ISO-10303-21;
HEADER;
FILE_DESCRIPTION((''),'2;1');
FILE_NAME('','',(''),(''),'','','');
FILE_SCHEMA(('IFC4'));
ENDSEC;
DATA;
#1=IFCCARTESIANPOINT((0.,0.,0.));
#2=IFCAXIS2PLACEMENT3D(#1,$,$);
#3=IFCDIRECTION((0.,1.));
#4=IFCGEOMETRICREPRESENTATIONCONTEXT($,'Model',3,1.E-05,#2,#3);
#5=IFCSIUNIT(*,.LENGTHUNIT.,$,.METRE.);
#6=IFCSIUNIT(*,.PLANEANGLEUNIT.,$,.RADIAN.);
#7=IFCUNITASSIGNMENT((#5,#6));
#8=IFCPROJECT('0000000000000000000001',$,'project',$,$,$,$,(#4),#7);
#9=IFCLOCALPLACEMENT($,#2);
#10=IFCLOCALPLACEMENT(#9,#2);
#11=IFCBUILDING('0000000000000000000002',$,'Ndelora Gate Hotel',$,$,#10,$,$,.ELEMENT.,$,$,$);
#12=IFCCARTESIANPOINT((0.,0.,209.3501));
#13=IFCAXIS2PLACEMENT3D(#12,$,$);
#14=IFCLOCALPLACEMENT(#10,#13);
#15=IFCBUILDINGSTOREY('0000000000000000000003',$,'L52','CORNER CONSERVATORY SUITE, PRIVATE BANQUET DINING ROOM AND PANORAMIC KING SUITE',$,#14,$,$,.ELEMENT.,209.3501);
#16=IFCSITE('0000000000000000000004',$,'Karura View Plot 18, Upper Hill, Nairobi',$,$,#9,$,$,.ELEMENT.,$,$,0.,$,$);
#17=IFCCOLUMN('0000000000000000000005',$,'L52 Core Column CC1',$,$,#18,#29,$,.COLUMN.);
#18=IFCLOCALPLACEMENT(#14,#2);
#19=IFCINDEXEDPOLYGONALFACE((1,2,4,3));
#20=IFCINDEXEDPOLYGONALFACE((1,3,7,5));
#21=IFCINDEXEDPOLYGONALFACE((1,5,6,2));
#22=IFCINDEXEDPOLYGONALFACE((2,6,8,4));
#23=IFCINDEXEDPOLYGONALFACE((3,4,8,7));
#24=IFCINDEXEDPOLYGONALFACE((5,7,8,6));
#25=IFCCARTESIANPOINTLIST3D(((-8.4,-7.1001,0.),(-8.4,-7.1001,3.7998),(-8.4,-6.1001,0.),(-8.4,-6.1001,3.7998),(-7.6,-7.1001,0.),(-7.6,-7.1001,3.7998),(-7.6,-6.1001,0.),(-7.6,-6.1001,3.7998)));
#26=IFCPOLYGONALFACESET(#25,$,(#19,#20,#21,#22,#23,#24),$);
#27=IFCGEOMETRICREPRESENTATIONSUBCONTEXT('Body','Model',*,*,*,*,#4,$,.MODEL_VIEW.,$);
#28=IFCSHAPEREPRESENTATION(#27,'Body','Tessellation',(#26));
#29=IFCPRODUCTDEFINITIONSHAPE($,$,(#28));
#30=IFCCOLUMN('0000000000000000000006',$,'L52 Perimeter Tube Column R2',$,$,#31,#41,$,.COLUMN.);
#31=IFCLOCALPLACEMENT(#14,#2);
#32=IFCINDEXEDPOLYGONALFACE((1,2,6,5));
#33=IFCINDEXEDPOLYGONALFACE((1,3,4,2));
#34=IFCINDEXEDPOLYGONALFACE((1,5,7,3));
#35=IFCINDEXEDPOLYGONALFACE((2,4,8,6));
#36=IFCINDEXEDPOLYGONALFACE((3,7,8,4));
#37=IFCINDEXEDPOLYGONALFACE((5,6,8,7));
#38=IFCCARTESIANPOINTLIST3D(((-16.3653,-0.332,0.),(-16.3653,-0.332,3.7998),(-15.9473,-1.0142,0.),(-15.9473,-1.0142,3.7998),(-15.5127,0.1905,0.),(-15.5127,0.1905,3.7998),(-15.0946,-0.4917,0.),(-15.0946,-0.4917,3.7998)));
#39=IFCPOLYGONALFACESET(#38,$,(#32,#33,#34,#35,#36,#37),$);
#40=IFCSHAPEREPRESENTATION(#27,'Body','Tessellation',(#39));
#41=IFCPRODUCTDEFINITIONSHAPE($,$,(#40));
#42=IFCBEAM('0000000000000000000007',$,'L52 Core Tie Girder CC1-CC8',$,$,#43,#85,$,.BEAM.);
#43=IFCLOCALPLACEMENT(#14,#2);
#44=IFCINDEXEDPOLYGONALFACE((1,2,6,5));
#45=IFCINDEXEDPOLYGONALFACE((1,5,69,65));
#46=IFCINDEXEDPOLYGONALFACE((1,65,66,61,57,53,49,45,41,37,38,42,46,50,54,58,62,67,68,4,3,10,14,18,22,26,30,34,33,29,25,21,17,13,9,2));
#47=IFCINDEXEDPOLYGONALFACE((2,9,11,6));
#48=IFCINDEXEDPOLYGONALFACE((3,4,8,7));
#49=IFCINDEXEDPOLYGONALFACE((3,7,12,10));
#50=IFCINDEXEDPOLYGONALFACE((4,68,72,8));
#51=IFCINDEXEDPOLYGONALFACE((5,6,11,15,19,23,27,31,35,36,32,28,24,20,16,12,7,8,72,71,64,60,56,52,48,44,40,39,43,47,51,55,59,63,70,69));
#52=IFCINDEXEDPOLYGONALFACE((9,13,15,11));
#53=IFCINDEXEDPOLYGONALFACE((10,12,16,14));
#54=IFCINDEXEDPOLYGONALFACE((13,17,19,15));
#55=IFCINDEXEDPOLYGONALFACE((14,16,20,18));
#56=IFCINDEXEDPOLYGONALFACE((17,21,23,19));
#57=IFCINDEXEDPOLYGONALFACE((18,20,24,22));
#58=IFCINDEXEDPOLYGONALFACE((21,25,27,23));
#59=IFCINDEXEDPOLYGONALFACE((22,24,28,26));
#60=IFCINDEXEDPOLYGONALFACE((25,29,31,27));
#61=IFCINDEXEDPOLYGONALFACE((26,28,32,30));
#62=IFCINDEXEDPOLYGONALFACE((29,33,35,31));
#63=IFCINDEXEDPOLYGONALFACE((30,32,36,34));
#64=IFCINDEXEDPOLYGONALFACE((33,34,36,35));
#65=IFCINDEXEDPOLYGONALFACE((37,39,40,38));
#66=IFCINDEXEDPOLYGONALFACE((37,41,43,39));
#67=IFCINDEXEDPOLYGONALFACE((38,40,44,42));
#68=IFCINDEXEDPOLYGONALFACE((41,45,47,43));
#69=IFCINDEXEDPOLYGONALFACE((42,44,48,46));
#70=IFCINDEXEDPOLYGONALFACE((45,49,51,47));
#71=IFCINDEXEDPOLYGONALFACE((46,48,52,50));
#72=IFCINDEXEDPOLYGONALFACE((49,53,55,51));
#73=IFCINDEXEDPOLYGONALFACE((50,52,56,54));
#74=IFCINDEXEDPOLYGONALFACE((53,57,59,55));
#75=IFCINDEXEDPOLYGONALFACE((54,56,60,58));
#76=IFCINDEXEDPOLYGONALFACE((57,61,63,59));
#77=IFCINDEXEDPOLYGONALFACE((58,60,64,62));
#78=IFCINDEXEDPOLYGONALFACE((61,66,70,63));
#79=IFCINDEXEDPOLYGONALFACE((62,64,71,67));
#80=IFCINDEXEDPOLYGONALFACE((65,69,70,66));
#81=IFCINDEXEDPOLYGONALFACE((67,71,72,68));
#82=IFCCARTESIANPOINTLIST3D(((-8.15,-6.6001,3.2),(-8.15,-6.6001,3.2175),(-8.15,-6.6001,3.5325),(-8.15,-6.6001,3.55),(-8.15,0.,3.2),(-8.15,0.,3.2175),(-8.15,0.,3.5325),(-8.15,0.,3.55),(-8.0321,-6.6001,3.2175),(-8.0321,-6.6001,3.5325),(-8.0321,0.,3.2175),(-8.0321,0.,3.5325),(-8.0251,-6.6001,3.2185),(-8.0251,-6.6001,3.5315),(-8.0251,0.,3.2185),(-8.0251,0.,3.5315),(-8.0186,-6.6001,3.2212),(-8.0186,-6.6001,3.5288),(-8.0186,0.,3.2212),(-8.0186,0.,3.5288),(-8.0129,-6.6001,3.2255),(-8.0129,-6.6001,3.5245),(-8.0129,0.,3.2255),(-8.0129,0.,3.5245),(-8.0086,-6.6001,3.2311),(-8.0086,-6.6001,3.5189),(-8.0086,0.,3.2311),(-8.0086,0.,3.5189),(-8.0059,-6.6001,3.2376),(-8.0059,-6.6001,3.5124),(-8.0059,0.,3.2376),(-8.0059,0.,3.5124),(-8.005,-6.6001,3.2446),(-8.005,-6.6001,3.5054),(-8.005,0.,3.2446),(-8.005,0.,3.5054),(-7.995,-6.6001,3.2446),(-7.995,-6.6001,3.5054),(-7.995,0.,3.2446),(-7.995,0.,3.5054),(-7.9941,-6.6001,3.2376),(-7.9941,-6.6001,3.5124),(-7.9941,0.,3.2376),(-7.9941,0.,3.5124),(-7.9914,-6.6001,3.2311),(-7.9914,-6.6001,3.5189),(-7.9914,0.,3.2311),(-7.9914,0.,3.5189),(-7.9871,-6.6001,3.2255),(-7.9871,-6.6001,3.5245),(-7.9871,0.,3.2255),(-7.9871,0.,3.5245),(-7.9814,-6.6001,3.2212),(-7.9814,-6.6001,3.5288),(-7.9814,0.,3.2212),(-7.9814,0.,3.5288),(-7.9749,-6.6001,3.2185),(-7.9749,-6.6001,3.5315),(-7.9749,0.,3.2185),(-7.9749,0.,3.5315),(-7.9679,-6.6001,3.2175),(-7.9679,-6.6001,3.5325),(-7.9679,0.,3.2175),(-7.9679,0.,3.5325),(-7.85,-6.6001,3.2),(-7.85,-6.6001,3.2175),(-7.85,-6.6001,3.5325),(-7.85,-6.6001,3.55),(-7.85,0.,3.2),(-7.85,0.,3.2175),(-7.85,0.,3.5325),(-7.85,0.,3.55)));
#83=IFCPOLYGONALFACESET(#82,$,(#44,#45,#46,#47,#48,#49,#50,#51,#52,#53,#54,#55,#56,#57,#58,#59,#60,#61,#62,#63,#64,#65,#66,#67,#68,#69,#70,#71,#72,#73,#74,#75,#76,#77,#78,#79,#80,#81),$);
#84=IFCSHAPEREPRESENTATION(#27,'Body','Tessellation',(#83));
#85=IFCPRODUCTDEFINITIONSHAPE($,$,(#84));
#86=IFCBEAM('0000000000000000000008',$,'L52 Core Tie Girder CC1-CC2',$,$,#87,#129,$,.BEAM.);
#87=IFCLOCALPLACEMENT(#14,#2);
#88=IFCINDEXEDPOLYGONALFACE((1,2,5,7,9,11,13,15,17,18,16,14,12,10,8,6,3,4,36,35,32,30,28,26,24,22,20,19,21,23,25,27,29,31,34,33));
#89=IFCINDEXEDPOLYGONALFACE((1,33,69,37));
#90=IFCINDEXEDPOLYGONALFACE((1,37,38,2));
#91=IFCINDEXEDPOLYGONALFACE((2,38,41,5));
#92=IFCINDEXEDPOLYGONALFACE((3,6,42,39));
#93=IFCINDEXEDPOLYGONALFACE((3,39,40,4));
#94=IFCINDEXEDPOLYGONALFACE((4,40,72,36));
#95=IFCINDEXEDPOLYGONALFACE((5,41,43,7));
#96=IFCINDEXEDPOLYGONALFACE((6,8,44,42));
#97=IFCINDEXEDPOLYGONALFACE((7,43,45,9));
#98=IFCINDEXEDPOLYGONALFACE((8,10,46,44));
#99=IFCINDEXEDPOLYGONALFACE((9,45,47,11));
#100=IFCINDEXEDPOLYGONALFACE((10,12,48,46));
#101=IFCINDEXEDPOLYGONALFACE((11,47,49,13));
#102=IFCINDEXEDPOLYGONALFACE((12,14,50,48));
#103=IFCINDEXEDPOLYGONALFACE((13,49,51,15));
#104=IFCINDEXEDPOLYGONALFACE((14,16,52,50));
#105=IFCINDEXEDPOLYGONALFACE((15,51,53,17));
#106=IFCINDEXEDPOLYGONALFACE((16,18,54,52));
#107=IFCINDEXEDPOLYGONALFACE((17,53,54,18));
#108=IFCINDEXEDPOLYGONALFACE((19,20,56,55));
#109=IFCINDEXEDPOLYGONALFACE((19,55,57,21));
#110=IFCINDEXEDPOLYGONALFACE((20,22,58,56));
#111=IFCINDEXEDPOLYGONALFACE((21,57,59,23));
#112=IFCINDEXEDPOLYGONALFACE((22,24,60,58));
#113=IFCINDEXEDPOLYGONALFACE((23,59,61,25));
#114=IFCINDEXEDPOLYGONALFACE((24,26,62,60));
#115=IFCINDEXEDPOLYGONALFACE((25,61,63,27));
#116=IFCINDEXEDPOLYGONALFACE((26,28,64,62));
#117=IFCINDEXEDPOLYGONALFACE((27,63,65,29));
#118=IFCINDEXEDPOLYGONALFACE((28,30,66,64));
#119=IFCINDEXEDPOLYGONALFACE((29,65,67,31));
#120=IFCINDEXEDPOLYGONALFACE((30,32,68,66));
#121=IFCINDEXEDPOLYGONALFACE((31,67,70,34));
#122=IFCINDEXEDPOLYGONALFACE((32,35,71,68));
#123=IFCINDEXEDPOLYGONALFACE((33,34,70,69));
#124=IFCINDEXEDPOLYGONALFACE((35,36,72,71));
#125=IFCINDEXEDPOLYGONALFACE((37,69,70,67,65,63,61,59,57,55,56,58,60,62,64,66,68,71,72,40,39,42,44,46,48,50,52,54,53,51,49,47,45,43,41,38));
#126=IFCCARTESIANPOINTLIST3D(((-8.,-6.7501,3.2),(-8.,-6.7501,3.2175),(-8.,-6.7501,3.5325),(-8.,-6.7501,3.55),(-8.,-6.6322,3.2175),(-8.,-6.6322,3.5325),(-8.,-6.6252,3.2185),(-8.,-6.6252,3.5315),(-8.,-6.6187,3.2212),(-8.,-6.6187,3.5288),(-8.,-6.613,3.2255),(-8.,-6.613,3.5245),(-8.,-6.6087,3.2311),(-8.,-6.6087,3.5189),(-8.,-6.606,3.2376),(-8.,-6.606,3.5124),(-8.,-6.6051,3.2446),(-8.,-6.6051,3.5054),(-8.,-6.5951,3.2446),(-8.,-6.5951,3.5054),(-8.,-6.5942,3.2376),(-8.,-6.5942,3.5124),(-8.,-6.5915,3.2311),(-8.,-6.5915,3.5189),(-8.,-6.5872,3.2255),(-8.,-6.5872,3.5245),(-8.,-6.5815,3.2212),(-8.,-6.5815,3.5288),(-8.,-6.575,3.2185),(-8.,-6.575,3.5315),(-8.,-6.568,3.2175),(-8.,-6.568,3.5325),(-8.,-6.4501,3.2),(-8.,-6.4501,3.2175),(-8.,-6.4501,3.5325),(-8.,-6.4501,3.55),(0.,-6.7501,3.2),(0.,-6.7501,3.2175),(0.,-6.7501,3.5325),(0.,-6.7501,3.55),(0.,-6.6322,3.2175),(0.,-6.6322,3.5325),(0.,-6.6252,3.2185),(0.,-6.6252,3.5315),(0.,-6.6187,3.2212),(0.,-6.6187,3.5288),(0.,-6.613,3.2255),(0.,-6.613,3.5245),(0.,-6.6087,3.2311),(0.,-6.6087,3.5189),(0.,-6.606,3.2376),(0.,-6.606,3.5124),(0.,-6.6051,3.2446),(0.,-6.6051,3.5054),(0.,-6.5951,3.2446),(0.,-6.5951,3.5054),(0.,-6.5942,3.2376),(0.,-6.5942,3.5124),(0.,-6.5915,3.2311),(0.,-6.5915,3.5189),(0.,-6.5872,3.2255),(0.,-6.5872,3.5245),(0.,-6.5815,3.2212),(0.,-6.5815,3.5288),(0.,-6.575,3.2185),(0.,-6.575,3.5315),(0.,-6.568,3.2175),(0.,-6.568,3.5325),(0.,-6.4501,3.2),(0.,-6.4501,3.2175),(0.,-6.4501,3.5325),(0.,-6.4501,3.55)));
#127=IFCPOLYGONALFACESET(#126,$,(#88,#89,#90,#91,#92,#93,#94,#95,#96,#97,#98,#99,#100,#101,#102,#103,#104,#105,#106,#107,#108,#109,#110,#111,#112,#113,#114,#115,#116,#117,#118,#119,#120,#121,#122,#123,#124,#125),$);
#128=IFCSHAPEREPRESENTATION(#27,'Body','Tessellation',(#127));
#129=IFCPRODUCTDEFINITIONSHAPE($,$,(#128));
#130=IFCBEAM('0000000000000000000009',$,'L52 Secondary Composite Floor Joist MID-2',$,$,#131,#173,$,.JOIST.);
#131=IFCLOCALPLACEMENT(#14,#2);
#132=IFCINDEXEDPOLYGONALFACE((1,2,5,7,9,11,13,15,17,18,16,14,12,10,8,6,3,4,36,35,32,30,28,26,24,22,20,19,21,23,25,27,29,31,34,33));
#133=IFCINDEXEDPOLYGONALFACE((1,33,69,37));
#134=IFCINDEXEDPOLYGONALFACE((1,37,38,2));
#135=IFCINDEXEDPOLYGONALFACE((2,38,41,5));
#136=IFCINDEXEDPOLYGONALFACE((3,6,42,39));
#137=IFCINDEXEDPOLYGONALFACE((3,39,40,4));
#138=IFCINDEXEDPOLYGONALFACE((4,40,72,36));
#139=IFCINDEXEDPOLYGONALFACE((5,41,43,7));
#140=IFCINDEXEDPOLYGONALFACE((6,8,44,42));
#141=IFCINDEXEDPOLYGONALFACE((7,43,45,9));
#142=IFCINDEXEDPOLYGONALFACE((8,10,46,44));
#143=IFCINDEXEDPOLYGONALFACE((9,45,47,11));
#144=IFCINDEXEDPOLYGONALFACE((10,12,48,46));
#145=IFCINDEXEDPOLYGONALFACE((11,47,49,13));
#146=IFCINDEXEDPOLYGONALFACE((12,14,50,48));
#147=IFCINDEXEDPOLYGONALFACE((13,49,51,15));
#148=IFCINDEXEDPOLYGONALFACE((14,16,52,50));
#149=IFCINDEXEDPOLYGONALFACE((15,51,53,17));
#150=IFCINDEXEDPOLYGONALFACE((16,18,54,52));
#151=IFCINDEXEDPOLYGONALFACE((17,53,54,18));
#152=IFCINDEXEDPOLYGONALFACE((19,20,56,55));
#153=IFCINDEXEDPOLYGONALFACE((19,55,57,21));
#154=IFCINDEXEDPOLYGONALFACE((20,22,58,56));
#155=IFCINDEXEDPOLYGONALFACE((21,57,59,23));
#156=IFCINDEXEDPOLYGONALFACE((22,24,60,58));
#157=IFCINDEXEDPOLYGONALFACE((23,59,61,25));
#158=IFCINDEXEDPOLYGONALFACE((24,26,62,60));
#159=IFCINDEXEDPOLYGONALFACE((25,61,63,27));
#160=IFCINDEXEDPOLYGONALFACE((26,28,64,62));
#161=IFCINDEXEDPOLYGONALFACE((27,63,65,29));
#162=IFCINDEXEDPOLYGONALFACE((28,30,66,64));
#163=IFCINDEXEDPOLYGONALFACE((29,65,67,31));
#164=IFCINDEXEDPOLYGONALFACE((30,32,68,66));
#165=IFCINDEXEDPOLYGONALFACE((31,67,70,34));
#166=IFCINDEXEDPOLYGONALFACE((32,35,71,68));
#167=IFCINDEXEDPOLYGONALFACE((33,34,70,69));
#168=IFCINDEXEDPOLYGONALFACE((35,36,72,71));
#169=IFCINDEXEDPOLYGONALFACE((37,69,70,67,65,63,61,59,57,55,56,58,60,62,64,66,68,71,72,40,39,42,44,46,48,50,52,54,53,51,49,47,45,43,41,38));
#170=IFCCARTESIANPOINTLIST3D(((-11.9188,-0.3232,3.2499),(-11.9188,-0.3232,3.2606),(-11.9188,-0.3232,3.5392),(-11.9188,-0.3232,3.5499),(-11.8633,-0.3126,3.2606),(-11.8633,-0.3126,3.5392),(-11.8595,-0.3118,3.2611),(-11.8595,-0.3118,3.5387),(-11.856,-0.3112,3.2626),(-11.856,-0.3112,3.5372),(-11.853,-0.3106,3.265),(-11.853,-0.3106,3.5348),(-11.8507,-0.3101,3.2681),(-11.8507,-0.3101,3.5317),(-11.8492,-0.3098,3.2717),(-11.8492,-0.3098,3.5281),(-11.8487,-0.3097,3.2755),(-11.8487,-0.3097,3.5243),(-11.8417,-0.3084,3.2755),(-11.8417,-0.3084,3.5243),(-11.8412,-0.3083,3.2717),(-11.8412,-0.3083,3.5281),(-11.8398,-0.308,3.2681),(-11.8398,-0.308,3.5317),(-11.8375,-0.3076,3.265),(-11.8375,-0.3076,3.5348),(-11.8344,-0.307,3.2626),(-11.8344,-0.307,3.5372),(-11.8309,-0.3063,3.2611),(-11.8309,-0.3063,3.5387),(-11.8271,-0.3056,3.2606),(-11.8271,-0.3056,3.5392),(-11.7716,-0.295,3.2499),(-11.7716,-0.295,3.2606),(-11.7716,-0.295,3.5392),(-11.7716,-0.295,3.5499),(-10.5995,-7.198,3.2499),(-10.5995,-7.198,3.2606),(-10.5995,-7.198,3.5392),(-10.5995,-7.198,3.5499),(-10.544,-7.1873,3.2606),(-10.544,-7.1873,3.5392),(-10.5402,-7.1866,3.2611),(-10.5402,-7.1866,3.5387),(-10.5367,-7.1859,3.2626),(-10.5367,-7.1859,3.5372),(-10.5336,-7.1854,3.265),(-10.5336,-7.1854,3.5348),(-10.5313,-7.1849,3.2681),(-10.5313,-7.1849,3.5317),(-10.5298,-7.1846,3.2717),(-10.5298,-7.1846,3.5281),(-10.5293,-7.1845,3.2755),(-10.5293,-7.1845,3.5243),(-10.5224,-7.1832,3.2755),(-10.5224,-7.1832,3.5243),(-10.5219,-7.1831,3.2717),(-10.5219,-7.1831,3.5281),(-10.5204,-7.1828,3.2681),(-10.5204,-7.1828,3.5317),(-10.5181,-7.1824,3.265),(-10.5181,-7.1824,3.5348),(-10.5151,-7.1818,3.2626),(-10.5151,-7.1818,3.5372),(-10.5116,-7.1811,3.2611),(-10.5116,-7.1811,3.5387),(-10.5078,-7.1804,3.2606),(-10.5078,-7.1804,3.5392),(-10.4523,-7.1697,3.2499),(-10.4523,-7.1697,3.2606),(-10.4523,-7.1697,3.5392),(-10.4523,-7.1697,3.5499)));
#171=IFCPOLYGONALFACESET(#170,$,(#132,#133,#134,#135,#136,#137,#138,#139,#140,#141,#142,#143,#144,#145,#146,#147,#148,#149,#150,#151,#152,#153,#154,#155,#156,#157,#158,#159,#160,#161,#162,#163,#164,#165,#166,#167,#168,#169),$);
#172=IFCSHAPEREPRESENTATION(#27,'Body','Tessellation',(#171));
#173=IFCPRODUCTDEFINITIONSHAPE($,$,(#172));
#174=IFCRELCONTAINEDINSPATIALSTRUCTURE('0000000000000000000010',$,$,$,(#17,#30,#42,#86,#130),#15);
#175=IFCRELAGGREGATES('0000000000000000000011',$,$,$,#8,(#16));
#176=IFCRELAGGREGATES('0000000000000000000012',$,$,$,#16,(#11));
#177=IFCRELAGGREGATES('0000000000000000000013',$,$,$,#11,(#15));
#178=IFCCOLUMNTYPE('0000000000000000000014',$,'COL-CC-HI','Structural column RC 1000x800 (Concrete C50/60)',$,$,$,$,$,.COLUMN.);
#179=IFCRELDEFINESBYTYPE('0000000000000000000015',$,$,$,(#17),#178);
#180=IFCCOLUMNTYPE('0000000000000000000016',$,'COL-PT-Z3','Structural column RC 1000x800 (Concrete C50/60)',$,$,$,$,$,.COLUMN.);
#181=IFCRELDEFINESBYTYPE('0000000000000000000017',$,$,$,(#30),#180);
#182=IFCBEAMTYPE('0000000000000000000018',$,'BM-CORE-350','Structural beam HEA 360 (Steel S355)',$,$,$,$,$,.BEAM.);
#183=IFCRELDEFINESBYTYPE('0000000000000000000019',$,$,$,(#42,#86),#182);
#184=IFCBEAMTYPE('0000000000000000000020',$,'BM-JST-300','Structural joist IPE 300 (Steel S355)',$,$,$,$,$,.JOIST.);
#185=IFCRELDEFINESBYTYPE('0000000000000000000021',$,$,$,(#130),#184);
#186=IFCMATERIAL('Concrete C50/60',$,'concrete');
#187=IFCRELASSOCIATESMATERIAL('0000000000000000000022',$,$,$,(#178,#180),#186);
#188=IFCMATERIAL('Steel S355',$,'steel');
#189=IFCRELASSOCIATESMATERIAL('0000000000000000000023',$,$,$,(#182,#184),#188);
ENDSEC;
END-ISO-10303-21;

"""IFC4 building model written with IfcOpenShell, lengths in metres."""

from ifc_helpers import new_model, si_unit, direction, frame, origin, origin_2d, place, context, subcontext, project, spatial, rectangle, i_section, extrude, material, material_profile, profile_set, type_object, element, save


model = new_model("IFC4")

# Units and contexts
model_context = context("Model", 3, precision=1e-05, world=origin(), true_north=direction((0.0, 1.0)))
body_context = subcontext(model_context, "Body", "Model", "MODEL_VIEW")
ifc_project = project(units=[si_unit("LENGTHUNIT", "METRE"), si_unit("PLANEANGLEUNIT", "RADIAN")], contexts=[model_context])

# Site, building, storey
site_placement = place(None, origin())
site = spatial("IfcSite", under=ifc_project, at=site_placement, Name="Karura View Plot 18, Upper Hill, Nairobi", CompositionType="ELEMENT", RefElevation=0.0)
building_placement = place(site_placement, origin())
building = spatial("IfcBuilding", under=site, at=building_placement, Name="Ndelora Gate Hotel", CompositionType="ELEMENT")
storey_placement = place(building_placement, frame((0.0, 0.0, 209.3501)))
storey = spatial("IfcBuildingStorey", under=building, at=storey_placement, Name="L52", Description="CORNER CONSERVATORY SUITE, PRIVATE BANQUET DINING ROOM AND PANORAMIC KING SUITE", CompositionType="ELEMENT", Elevation=209.3501)

# Columns
ifc_material_1 = material(Name="Concrete C50/60", Category="concrete")
ifc_material_profile_1 = material_profile(ifc_material_1, rectangle(XDim=0.8, YDim=1.0, at=origin_2d()), Name="RC 1000x800")
ifc_profile_set_1 = profile_set([ifc_material_profile_1], Name="Concrete C50/60")
column_type_1 = type_object("IfcColumnType", Name="COL-CC-HI", Description="Structural column RC 1000x800 (Concrete C50/60)", PredefinedType="COLUMN", material=ifc_profile_set_1)
column_1_placement = place(storey_placement, frame((-8.0, -6.6001, 0.0), z_axis=(0.0, 0.0, 1.0), x_axis=(1.0, 0.0, 0.0)))
element("IfcColumn", 1, at=column_1_placement, inside=storey, type_object=column_type_1, Name="L52 Core Column CC1", PredefinedType="COLUMN", context=body_context, shape_type="SweptSolid", body=[
    extrude(rectangle(XDim=0.8, YDim=1.0, at=origin_2d()), origin(), (0.0, 0.0, 1.0), 3.7998),
])
ifc_material_profile_2 = material_profile(ifc_material_1, rectangle(XDim=0.8, YDim=1.0, at=origin_2d()), Name="RC 1000x800")
ifc_profile_set_2 = profile_set([ifc_material_profile_2], Name="Concrete C50/60")
column_type_2 = type_object("IfcColumnType", Name="COL-PT-Z3", Description="Structural column RC 1000x800 (Concrete C50/60)", PredefinedType="COLUMN", material=ifc_profile_set_2)
column_2_placement = place(storey_placement, frame((-15.73, -0.4119, 0.0), z_axis=(0.0, 0.0, 1.0), x_axis=(-0.522499, 0.85264, 0.0)))
element("IfcColumn", 2, at=column_2_placement, inside=storey, type_object=column_type_2, Name="L52 Perimeter Tube Column R2", PredefinedType="COLUMN", context=body_context, shape_type="SweptSolid", body=[
    extrude(rectangle(XDim=0.8, YDim=1.0, at=origin_2d()), origin(), (0.0, 0.0, 1.0), 3.7998),
])

# Beams
ifc_material_2 = material(Name="Steel S355", Category="steel")
ifc_material_profile_3 = material_profile(ifc_material_2, i_section(OverallWidth=0.3, OverallDepth=0.3501, WebThickness=0.01, FlangeThickness=0.0176, FilletRadius=0.0271, at=origin_2d()), Name="HEA 360")
ifc_profile_set_3 = profile_set([ifc_material_profile_3], Name="Steel S355")
beam_type_1 = type_object("IfcBeamType", Name="BM-CORE-350", Description="Structural beam HEA 360 (Steel S355)", PredefinedType="BEAM", material=ifc_profile_set_3)
beam_1_placement = place(storey_placement, frame((-8.0, -6.6001, 3.375), z_axis=(0.0, 1.0, 0.0), x_axis=(-1.0, 0.0, 0.0)))
element("IfcBeam", 3, at=beam_1_placement, inside=storey, type_object=beam_type_1, Name="L52 Core Tie Girder CC1-CC8", PredefinedType="BEAM", context=body_context, shape_type="SweptSolid", body=[
    extrude(i_section(OverallWidth=0.3, OverallDepth=0.3501, WebThickness=0.01, FlangeThickness=0.0176, FilletRadius=0.0271, at=origin_2d()), origin(), (0.0, 0.0, 1.0), 6.6001),
])
beam_2_placement = place(storey_placement, frame((-8.0, -6.6001, 3.375), z_axis=(1.0, 0.0, 0.0), x_axis=(0.0, 1.0, 0.0)))
element("IfcBeam", 4, at=beam_2_placement, inside=storey, type_object=beam_type_1, Name="L52 Core Tie Girder CC1-CC2", PredefinedType="BEAM", context=body_context, shape_type="SweptSolid", body=[
    extrude(i_section(OverallWidth=0.3, OverallDepth=0.3501, WebThickness=0.01, FlangeThickness=0.0176, FilletRadius=0.0271, at=origin_2d()), origin(), (0.0, 0.0, 1.0), 8.0),
])
ifc_material_profile_4 = material_profile(ifc_material_2, i_section(OverallWidth=0.1499, OverallDepth=0.3, WebThickness=0.0071, FlangeThickness=0.0107, FilletRadius=0.0149, at=origin_2d()), Name="IPE 300")
ifc_profile_set_4 = profile_set([ifc_material_profile_4], Name="Steel S355")
beam_type_2 = type_object("IfcBeamType", Name="BM-JST-300", Description="Structural joist IPE 300 (Steel S355)", PredefinedType="JOIST", material=ifc_profile_set_4)
beam_3_placement = place(storey_placement, frame((-11.8452, -0.3091, 3.3999), z_axis=(0.188471, -0.982079, 0.0), x_axis=(0.982079, 0.188471, 0.0)))
element("IfcBeam", 5, at=beam_3_placement, inside=storey, type_object=beam_type_2, Name="L52 Secondary Composite Floor Joist MID-2", PredefinedType="JOIST", context=body_context, shape_type="SweptSolid", body=[
    extrude(i_section(OverallWidth=0.1499, OverallDepth=0.3, WebThickness=0.0071, FlangeThickness=0.0107, FilletRadius=0.0149, at=origin_2d()), origin(), (0.0, 0.0, 1.0), 7.0002),
])

save(model, "model.ifc")
